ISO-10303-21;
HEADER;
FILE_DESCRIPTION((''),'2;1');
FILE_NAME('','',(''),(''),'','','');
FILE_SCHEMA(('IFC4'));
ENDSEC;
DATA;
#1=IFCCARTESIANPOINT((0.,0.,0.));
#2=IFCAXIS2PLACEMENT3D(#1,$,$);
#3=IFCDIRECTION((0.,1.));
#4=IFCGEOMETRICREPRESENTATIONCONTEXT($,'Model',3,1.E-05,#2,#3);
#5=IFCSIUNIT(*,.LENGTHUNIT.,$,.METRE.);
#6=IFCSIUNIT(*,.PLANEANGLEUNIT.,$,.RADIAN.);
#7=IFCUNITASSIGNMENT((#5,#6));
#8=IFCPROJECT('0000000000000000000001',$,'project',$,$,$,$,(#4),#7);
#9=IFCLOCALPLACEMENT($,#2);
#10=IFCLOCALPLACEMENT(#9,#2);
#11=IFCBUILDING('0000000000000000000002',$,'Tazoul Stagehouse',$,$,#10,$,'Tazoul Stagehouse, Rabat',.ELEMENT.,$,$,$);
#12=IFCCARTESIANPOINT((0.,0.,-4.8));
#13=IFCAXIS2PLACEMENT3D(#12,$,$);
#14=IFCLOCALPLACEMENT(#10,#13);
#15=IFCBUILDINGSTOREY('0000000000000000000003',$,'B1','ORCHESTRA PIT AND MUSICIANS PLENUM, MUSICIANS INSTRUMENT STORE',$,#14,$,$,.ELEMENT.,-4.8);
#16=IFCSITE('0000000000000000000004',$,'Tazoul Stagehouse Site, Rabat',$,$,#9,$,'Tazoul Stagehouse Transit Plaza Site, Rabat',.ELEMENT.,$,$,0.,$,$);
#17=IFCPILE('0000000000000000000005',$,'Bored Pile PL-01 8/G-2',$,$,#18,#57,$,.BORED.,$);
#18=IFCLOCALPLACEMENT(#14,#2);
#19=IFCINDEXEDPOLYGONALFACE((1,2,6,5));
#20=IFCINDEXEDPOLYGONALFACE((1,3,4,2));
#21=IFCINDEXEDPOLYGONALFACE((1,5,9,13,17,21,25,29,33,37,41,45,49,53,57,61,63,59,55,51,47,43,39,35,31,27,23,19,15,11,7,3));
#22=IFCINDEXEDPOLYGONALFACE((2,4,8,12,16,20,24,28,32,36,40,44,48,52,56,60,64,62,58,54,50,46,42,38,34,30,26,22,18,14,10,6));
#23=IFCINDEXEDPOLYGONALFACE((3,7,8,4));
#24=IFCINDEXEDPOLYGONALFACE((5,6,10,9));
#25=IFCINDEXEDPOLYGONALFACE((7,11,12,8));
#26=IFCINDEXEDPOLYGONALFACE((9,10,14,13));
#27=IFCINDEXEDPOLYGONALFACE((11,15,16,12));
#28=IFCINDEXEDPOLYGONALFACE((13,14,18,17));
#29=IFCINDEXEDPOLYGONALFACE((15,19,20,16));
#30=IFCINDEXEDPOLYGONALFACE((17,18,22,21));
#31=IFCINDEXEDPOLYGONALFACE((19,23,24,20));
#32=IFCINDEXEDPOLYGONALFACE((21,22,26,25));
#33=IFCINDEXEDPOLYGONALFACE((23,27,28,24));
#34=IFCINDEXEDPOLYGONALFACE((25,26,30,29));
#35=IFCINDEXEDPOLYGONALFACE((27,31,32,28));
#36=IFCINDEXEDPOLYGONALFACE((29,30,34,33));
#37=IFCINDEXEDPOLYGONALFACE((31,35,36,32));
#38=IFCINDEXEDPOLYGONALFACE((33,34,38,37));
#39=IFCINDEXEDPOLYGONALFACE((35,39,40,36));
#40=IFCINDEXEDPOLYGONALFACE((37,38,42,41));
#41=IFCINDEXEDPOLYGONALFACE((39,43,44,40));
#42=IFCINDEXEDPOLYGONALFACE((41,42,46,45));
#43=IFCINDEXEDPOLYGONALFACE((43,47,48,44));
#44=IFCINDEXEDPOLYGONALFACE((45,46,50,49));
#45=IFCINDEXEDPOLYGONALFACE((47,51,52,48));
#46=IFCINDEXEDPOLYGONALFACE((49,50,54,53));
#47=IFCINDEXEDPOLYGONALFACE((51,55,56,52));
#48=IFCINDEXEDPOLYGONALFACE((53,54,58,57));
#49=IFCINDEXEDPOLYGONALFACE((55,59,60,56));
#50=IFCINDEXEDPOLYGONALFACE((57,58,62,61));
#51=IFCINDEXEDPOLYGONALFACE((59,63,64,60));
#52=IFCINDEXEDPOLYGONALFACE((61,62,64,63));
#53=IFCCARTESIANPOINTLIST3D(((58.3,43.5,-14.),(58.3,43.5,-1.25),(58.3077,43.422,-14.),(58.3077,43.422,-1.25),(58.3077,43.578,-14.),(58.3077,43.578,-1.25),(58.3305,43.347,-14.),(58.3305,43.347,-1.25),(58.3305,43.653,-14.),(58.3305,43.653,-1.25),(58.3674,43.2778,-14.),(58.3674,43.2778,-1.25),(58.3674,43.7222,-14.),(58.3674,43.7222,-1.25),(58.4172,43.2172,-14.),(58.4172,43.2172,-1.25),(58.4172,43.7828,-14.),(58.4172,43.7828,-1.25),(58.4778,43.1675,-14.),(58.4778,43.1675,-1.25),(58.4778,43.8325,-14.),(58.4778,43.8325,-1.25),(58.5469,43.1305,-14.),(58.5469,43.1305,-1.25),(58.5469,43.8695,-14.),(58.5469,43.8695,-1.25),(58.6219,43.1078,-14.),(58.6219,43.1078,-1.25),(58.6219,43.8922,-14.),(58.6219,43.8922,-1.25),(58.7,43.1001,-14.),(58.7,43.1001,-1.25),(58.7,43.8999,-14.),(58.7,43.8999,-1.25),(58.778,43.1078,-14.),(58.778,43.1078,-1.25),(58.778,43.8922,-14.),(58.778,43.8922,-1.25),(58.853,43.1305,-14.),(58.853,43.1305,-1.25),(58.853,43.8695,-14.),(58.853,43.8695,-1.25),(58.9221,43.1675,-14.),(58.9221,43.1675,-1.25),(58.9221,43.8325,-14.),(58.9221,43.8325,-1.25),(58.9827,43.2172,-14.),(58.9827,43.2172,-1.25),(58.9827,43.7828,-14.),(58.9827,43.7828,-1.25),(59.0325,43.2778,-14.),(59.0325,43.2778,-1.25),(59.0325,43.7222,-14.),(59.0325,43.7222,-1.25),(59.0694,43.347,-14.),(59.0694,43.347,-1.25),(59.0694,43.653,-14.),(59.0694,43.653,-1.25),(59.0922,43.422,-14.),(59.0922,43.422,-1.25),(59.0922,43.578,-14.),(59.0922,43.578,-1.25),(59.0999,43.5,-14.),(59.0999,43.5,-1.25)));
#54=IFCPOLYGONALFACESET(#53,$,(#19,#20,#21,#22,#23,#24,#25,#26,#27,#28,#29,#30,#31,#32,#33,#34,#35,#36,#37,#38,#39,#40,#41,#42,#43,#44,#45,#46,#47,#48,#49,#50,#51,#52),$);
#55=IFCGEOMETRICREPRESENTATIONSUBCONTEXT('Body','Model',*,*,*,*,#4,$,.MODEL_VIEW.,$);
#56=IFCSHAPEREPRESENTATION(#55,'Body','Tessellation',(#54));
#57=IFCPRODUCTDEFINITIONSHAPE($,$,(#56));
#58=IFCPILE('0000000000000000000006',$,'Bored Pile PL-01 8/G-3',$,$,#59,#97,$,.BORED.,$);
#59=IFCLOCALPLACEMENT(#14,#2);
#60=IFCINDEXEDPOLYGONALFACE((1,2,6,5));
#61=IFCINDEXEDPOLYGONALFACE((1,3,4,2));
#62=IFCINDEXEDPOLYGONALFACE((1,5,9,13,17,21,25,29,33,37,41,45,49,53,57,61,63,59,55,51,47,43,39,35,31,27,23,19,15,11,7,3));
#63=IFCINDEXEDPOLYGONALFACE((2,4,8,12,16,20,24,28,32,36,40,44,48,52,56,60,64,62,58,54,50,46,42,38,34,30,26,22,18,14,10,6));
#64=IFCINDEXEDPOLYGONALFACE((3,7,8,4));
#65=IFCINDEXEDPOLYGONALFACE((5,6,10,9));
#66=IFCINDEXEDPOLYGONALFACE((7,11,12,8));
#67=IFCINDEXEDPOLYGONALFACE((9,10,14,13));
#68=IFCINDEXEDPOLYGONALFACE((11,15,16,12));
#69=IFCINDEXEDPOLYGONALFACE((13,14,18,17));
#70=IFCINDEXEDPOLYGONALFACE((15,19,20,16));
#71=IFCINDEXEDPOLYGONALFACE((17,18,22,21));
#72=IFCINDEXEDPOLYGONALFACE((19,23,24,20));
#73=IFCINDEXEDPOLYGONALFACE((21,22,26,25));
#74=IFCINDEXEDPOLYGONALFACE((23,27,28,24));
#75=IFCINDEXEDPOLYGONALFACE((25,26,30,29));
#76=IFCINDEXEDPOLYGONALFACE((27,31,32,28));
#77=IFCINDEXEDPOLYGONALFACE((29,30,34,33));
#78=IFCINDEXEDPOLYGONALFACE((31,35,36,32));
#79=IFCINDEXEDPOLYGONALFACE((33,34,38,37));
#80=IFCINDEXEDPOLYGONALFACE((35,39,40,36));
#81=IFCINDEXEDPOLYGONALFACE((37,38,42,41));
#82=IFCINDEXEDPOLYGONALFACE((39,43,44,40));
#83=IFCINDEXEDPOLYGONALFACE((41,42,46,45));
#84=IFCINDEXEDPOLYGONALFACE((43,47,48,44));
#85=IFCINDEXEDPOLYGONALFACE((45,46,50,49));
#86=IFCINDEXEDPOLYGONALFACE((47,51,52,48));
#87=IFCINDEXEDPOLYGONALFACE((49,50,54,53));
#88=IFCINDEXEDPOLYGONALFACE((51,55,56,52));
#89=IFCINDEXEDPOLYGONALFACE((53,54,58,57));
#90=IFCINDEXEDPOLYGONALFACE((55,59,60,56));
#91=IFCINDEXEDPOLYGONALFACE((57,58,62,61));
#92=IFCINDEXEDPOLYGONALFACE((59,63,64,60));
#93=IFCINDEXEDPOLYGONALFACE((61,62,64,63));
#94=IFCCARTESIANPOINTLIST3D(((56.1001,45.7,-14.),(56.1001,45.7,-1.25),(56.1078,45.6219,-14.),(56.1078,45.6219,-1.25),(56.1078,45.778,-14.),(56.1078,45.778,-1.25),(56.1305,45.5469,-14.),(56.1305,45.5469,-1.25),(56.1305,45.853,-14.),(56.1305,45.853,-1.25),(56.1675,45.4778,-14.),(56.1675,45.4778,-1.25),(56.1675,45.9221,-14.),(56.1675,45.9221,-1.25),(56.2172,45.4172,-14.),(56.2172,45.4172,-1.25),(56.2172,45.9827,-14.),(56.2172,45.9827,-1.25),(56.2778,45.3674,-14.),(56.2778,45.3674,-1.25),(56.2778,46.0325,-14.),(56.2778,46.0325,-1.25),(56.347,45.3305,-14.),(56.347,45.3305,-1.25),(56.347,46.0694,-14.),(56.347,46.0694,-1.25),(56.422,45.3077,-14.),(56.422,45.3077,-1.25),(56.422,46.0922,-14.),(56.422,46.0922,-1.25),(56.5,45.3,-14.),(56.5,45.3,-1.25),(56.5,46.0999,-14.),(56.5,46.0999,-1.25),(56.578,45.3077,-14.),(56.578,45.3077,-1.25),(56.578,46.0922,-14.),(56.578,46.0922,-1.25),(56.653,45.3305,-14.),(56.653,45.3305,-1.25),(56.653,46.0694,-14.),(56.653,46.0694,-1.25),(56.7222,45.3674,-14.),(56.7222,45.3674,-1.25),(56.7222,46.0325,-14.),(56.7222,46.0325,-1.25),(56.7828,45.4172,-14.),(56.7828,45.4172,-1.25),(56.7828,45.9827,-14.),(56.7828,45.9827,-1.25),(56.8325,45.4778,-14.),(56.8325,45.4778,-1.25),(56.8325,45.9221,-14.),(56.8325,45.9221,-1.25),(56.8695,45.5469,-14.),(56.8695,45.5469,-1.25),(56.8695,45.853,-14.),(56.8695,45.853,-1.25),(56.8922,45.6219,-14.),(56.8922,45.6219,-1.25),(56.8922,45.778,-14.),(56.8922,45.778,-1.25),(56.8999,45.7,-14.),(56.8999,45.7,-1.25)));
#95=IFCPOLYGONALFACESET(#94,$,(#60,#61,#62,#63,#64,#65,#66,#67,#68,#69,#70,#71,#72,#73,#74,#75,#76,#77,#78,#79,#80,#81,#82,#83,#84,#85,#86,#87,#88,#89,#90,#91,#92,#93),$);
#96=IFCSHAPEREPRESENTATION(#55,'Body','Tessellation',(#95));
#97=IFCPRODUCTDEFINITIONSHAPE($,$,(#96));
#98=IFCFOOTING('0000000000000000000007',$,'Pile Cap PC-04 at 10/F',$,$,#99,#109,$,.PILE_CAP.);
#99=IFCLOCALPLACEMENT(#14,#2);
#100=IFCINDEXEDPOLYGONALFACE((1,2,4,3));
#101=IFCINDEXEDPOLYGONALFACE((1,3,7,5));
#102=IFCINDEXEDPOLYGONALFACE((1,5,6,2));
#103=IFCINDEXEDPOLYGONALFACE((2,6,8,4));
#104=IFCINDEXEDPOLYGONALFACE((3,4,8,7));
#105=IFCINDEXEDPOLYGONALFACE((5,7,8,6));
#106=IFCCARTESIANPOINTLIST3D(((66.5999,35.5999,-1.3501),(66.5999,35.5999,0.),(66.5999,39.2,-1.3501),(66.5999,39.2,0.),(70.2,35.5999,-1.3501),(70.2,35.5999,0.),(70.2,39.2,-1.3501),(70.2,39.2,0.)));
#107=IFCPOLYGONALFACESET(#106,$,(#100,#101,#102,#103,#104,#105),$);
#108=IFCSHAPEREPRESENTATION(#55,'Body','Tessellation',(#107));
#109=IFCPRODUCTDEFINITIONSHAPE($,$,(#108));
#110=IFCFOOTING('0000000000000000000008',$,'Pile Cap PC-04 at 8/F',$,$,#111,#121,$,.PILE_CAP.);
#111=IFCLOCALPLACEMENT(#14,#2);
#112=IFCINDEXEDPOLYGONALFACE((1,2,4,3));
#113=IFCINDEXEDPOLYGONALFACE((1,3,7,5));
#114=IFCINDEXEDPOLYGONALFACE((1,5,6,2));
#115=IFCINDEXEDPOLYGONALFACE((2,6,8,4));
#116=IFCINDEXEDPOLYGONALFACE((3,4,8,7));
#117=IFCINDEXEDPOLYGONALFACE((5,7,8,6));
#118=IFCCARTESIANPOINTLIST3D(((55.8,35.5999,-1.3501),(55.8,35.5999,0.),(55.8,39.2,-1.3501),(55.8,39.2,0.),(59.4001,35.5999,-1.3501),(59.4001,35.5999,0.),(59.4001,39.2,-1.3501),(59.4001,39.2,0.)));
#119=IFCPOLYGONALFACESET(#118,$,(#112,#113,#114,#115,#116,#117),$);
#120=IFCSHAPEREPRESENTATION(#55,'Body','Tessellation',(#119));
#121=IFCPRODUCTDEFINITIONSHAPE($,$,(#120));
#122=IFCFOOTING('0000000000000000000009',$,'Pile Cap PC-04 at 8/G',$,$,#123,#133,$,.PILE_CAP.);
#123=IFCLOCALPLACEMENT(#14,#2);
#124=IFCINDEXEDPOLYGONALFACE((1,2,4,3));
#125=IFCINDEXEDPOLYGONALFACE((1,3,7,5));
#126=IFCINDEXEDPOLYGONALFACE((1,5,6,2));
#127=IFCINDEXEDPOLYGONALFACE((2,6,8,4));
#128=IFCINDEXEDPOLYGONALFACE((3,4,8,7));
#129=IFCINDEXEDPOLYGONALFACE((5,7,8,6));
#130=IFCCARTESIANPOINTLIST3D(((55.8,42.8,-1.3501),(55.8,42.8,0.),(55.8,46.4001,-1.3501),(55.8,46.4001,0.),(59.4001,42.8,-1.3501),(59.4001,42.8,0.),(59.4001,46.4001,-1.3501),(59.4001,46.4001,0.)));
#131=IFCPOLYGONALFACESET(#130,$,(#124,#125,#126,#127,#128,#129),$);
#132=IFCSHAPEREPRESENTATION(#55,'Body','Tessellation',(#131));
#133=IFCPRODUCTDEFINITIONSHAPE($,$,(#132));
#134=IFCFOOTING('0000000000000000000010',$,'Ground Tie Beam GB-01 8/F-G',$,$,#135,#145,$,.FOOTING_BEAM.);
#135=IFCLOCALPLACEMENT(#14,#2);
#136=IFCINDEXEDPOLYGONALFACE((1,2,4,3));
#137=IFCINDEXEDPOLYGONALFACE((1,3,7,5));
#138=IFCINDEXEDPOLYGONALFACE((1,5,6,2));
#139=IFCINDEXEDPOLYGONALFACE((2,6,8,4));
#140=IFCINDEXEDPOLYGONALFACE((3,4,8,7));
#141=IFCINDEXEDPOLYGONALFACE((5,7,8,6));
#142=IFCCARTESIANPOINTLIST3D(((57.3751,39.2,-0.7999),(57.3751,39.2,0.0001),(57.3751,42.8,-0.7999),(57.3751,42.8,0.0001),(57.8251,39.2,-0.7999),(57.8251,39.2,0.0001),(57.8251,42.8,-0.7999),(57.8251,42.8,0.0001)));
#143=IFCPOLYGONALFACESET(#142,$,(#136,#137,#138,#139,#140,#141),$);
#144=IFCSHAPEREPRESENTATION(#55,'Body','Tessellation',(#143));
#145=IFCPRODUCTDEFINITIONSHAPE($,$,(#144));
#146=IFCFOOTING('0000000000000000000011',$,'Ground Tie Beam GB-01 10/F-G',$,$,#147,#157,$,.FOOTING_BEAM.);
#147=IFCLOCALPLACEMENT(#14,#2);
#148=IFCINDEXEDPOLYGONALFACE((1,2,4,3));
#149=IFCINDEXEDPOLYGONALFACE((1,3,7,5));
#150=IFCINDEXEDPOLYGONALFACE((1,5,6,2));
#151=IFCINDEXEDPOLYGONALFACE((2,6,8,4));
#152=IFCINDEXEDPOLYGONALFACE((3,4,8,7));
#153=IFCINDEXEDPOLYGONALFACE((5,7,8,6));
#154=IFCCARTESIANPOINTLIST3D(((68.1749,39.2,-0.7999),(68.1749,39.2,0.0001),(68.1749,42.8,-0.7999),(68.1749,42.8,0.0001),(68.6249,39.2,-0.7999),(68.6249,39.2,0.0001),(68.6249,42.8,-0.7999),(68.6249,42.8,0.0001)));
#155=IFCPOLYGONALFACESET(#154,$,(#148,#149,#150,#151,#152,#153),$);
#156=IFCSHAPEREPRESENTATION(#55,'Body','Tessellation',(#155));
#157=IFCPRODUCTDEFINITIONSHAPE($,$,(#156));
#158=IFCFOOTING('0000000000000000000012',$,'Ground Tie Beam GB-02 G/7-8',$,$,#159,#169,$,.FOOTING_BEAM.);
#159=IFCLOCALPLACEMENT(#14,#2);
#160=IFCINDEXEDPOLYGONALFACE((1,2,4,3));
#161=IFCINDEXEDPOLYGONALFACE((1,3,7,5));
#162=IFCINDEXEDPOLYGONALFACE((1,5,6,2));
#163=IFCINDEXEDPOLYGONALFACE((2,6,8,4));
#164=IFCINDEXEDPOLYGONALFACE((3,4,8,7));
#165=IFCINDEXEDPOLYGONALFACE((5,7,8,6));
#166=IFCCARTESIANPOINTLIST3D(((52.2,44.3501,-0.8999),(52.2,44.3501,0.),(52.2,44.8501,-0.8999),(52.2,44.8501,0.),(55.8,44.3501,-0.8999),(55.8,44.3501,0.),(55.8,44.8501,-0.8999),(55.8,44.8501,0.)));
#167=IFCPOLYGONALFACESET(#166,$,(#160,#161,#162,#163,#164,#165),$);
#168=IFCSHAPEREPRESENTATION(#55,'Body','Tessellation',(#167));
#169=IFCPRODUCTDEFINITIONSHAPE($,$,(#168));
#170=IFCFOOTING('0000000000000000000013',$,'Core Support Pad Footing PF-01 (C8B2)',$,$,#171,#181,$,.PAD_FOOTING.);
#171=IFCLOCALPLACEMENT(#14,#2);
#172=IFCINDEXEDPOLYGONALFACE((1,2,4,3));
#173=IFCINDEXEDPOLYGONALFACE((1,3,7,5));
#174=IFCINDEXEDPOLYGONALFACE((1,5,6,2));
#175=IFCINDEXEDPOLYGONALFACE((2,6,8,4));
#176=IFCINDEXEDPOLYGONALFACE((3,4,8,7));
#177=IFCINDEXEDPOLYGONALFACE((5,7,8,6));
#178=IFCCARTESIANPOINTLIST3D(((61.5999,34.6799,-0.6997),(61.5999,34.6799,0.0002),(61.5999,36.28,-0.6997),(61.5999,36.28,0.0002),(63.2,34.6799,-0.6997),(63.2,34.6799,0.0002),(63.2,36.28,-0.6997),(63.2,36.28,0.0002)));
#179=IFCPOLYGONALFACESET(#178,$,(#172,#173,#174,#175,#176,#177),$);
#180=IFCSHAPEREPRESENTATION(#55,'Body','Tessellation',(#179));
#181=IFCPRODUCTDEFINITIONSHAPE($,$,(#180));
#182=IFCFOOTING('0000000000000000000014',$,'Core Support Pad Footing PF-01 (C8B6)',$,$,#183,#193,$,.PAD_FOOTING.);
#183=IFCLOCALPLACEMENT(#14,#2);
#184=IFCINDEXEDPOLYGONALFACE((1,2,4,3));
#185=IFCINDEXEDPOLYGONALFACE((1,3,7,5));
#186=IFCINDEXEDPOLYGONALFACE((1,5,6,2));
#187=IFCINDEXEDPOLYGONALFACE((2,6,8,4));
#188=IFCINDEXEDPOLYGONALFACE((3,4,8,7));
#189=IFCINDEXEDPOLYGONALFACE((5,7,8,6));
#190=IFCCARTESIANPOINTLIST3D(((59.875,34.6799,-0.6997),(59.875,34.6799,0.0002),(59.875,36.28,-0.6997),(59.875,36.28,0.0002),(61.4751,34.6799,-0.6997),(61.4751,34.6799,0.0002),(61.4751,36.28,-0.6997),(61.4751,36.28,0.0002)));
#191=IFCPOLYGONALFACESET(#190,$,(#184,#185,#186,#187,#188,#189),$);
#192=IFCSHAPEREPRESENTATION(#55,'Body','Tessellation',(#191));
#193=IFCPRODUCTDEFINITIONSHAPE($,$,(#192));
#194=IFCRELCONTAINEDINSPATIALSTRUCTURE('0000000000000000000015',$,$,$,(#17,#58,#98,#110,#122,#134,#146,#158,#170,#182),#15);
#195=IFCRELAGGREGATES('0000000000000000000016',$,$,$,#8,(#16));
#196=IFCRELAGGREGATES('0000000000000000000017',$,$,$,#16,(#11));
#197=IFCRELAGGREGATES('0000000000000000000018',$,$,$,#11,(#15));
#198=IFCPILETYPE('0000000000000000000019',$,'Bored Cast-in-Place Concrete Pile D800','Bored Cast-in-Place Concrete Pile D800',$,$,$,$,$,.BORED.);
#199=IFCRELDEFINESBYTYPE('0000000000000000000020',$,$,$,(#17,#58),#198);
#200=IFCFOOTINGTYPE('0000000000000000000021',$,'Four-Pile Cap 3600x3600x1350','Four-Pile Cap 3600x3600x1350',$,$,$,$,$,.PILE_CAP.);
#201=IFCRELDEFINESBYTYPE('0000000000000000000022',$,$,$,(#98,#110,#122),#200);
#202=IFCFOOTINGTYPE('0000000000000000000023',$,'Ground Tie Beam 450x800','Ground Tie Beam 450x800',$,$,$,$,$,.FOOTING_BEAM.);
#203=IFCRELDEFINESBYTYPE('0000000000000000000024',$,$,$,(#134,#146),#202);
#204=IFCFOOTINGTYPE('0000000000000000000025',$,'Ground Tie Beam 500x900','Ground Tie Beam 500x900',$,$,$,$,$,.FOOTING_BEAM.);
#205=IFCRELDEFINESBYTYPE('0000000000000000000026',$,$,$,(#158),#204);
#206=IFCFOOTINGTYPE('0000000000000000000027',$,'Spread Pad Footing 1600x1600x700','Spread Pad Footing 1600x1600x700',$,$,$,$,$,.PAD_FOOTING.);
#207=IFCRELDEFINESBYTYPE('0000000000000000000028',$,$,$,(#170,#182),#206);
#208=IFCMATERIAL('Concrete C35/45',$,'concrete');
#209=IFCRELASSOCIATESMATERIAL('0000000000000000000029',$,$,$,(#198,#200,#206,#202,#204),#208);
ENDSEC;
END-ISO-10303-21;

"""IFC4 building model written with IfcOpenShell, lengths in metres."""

from ifc_helpers import new_model, si_unit, direction, frame, origin, origin_2d, place, context, subcontext, project, spatial, rectangle, circle, extrude, material, material_profile, profile_set, type_object, element, save


model = new_model("IFC4")

# Units and contexts
model_context = context("Model", 3, precision=1e-05, world=origin(), true_north=direction((0.0, 1.0)))
body_context = subcontext(model_context, "Body", "Model", "MODEL_VIEW")
ifc_project = project(units=[si_unit("LENGTHUNIT", "METRE"), si_unit("PLANEANGLEUNIT", "RADIAN")], contexts=[model_context])

# Site, building, storey
site_placement = place(None, origin())
site = spatial("IfcSite", under=ifc_project, at=site_placement, Name="Tazoul Stagehouse Site, Rabat", LongName="Tazoul Stagehouse Transit Plaza Site, Rabat", CompositionType="ELEMENT", RefElevation=0.0)
building_placement = place(site_placement, origin())
building = spatial("IfcBuilding", under=site, at=building_placement, Name="Tazoul Stagehouse", LongName="Tazoul Stagehouse, Rabat", CompositionType="ELEMENT")
storey_placement = place(building_placement, frame((0.0, 0.0, -4.8)))
storey = spatial("IfcBuildingStorey", under=building, at=storey_placement, Name="B1", Description="ORCHESTRA PIT AND MUSICIANS PLENUM, MUSICIANS INSTRUMENT STORE", CompositionType="ELEMENT", Elevation=-4.8)

# Piles
ifc_material_1 = material(Name="Concrete C35/45", Category="concrete")
ifc_material_profile_1 = material_profile(ifc_material_1, circle(Radius=0.3999, at=origin_2d()), Name="BORED PILE 800")
ifc_profile_set_1 = profile_set([ifc_material_profile_1], Name="Concrete C35/45")
pile_type = type_object("IfcPileType", Name="Bored Cast-in-Place Concrete Pile D800", Description="Bored Cast-in-Place Concrete Pile D800", PredefinedType="BORED", material=ifc_profile_set_1)
for number, where, z_axis, x_axis, name in (
    (1, (58.7, 43.5, -1.25), (0.0, 0.0, -1.0), (1.0, 0.0, 0.0), "Bored Pile PL-01 8/G-2"),
    (2, (56.5, 45.7, -1.25), (0.0, 0.0, -1.0), (1.0, 0.0, 0.0), "Bored Pile PL-01 8/G-3"),
):
    element("IfcPile", number, at=place(storey_placement, frame(where, z_axis=z_axis, x_axis=x_axis)), inside=storey, type_object=pile_type, Name=name, PredefinedType="BORED", context=body_context, shape_type="SweptSolid", body=[
        extrude(circle(Radius=0.3999, at=origin_2d()), origin(), (0.0, 0.0, 1.0), 12.75),
    ])

# Footings
footing_type_1 = type_object("IfcFootingType", Name="Four-Pile Cap 3600x3600x1350", Description="Four-Pile Cap 3600x3600x1350", PredefinedType="PILE_CAP", material=ifc_material_1)
for number, where, z_axis, x_axis, name in (
    (3, (68.3999, 37.3999, -1.3501), (0.0, 0.0, 1.0), (1.0, 0.0, 0.0), "Pile Cap PC-04 at 10/F"),
    (4, (57.6001, 37.3999, -1.3501), (0.0, 0.0, 1.0), (1.0, 0.0, 0.0), "Pile Cap PC-04 at 8/F"),
    (5, (57.6001, 44.6001, -1.3501), (0.0, 0.0, 1.0), (1.0, 0.0, 0.0), "Pile Cap PC-04 at 8/G"),
):
    element("IfcFooting", number, at=place(storey_placement, frame(where, z_axis=z_axis, x_axis=x_axis)), inside=storey, type_object=footing_type_1, Name=name, PredefinedType="PILE_CAP", context=body_context, shape_type="SweptSolid", body=[
        extrude(rectangle(XDim=3.6001, YDim=3.6001, at=origin_2d()), origin(), (0.0, 0.0, 1.0), 1.3501),
    ])
ifc_material_profile_2 = material_profile(ifc_material_1, rectangle(XDim=0.45, YDim=0.8, at=origin_2d()), Name="RC 450x800")
ifc_profile_set_2 = profile_set([ifc_material_profile_2], Name="Concrete C35/45")
footing_type_2 = type_object("IfcFootingType", Name="Ground Tie Beam 450x800", Description="Ground Tie Beam 450x800", PredefinedType="FOOTING_BEAM", material=ifc_profile_set_2)
for number, where, z_axis, x_axis, name in (
    (6, (57.6001, 39.2, -0.3999), (0.0, 1.0, 0.0), (-1.0, 0.0, 0.0), "Ground Tie Beam GB-01 8/F-G"),
    (7, (68.3999, 39.2, -0.3999), (0.0, 1.0, 0.0), (-1.0, 0.0, 0.0), "Ground Tie Beam GB-01 10/F-G"),
):
    element("IfcFooting", number, at=place(storey_placement, frame(where, z_axis=z_axis, x_axis=x_axis)), inside=storey, type_object=footing_type_2, Name=name, PredefinedType="FOOTING_BEAM", context=body_context, shape_type="SweptSolid", body=[
        extrude(rectangle(XDim=0.45, YDim=0.8, at=origin_2d()), origin(), (0.0, 0.0, 1.0), 3.6001),
    ])
ifc_material_profile_3 = material_profile(ifc_material_1, rectangle(XDim=0.5, YDim=0.8999, at=origin_2d()), Name="RC 500x900")
ifc_profile_set_3 = profile_set([ifc_material_profile_3], Name="Concrete C35/45")
footing_type_3 = type_object("IfcFootingType", Name="Ground Tie Beam 500x900", Description="Ground Tie Beam 500x900", PredefinedType="FOOTING_BEAM", material=ifc_profile_set_3)
footing_placement = place(storey_placement, frame((52.2, 44.6001, -0.45), z_axis=(1.0, 0.0, 0.0), x_axis=(0.0, 1.0, 0.0)))
element("IfcFooting", 8, at=footing_placement, inside=storey, type_object=footing_type_3, Name="Ground Tie Beam GB-02 G/7-8", PredefinedType="FOOTING_BEAM", context=body_context, shape_type="SweptSolid", body=[
    extrude(rectangle(XDim=0.5, YDim=0.8999, at=origin_2d()), origin(), (0.0, 0.0, 1.0), 3.6001),
])
footing_type_4 = type_object("IfcFootingType", Name="Spread Pad Footing 1600x1600x700", Description="Spread Pad Footing 1600x1600x700", PredefinedType="PAD_FOOTING", material=ifc_material_1)
for number, where, z_axis, x_axis, name in (
    (9, (62.3999, 35.48, -0.6997), (0.0, 0.0, 1.0), (1.0, 0.0, 0.0), "Core Support Pad Footing PF-01 (C8B2)"),
    (10, (60.675, 35.48, -0.6997), (0.0, 0.0, 1.0), (1.0, 0.0, 0.0), "Core Support Pad Footing PF-01 (C8B6)"),
):
    element("IfcFooting", number, at=place(storey_placement, frame(where, z_axis=z_axis, x_axis=x_axis)), inside=storey, type_object=footing_type_4, Name=name, PredefinedType="PAD_FOOTING", context=body_context, shape_type="SweptSolid", body=[
        extrude(rectangle(XDim=1.6001, YDim=1.6001, at=origin_2d()), origin(), (0.0, 0.0, 1.0), 0.7),
    ])

save(model, "model.ifc")
